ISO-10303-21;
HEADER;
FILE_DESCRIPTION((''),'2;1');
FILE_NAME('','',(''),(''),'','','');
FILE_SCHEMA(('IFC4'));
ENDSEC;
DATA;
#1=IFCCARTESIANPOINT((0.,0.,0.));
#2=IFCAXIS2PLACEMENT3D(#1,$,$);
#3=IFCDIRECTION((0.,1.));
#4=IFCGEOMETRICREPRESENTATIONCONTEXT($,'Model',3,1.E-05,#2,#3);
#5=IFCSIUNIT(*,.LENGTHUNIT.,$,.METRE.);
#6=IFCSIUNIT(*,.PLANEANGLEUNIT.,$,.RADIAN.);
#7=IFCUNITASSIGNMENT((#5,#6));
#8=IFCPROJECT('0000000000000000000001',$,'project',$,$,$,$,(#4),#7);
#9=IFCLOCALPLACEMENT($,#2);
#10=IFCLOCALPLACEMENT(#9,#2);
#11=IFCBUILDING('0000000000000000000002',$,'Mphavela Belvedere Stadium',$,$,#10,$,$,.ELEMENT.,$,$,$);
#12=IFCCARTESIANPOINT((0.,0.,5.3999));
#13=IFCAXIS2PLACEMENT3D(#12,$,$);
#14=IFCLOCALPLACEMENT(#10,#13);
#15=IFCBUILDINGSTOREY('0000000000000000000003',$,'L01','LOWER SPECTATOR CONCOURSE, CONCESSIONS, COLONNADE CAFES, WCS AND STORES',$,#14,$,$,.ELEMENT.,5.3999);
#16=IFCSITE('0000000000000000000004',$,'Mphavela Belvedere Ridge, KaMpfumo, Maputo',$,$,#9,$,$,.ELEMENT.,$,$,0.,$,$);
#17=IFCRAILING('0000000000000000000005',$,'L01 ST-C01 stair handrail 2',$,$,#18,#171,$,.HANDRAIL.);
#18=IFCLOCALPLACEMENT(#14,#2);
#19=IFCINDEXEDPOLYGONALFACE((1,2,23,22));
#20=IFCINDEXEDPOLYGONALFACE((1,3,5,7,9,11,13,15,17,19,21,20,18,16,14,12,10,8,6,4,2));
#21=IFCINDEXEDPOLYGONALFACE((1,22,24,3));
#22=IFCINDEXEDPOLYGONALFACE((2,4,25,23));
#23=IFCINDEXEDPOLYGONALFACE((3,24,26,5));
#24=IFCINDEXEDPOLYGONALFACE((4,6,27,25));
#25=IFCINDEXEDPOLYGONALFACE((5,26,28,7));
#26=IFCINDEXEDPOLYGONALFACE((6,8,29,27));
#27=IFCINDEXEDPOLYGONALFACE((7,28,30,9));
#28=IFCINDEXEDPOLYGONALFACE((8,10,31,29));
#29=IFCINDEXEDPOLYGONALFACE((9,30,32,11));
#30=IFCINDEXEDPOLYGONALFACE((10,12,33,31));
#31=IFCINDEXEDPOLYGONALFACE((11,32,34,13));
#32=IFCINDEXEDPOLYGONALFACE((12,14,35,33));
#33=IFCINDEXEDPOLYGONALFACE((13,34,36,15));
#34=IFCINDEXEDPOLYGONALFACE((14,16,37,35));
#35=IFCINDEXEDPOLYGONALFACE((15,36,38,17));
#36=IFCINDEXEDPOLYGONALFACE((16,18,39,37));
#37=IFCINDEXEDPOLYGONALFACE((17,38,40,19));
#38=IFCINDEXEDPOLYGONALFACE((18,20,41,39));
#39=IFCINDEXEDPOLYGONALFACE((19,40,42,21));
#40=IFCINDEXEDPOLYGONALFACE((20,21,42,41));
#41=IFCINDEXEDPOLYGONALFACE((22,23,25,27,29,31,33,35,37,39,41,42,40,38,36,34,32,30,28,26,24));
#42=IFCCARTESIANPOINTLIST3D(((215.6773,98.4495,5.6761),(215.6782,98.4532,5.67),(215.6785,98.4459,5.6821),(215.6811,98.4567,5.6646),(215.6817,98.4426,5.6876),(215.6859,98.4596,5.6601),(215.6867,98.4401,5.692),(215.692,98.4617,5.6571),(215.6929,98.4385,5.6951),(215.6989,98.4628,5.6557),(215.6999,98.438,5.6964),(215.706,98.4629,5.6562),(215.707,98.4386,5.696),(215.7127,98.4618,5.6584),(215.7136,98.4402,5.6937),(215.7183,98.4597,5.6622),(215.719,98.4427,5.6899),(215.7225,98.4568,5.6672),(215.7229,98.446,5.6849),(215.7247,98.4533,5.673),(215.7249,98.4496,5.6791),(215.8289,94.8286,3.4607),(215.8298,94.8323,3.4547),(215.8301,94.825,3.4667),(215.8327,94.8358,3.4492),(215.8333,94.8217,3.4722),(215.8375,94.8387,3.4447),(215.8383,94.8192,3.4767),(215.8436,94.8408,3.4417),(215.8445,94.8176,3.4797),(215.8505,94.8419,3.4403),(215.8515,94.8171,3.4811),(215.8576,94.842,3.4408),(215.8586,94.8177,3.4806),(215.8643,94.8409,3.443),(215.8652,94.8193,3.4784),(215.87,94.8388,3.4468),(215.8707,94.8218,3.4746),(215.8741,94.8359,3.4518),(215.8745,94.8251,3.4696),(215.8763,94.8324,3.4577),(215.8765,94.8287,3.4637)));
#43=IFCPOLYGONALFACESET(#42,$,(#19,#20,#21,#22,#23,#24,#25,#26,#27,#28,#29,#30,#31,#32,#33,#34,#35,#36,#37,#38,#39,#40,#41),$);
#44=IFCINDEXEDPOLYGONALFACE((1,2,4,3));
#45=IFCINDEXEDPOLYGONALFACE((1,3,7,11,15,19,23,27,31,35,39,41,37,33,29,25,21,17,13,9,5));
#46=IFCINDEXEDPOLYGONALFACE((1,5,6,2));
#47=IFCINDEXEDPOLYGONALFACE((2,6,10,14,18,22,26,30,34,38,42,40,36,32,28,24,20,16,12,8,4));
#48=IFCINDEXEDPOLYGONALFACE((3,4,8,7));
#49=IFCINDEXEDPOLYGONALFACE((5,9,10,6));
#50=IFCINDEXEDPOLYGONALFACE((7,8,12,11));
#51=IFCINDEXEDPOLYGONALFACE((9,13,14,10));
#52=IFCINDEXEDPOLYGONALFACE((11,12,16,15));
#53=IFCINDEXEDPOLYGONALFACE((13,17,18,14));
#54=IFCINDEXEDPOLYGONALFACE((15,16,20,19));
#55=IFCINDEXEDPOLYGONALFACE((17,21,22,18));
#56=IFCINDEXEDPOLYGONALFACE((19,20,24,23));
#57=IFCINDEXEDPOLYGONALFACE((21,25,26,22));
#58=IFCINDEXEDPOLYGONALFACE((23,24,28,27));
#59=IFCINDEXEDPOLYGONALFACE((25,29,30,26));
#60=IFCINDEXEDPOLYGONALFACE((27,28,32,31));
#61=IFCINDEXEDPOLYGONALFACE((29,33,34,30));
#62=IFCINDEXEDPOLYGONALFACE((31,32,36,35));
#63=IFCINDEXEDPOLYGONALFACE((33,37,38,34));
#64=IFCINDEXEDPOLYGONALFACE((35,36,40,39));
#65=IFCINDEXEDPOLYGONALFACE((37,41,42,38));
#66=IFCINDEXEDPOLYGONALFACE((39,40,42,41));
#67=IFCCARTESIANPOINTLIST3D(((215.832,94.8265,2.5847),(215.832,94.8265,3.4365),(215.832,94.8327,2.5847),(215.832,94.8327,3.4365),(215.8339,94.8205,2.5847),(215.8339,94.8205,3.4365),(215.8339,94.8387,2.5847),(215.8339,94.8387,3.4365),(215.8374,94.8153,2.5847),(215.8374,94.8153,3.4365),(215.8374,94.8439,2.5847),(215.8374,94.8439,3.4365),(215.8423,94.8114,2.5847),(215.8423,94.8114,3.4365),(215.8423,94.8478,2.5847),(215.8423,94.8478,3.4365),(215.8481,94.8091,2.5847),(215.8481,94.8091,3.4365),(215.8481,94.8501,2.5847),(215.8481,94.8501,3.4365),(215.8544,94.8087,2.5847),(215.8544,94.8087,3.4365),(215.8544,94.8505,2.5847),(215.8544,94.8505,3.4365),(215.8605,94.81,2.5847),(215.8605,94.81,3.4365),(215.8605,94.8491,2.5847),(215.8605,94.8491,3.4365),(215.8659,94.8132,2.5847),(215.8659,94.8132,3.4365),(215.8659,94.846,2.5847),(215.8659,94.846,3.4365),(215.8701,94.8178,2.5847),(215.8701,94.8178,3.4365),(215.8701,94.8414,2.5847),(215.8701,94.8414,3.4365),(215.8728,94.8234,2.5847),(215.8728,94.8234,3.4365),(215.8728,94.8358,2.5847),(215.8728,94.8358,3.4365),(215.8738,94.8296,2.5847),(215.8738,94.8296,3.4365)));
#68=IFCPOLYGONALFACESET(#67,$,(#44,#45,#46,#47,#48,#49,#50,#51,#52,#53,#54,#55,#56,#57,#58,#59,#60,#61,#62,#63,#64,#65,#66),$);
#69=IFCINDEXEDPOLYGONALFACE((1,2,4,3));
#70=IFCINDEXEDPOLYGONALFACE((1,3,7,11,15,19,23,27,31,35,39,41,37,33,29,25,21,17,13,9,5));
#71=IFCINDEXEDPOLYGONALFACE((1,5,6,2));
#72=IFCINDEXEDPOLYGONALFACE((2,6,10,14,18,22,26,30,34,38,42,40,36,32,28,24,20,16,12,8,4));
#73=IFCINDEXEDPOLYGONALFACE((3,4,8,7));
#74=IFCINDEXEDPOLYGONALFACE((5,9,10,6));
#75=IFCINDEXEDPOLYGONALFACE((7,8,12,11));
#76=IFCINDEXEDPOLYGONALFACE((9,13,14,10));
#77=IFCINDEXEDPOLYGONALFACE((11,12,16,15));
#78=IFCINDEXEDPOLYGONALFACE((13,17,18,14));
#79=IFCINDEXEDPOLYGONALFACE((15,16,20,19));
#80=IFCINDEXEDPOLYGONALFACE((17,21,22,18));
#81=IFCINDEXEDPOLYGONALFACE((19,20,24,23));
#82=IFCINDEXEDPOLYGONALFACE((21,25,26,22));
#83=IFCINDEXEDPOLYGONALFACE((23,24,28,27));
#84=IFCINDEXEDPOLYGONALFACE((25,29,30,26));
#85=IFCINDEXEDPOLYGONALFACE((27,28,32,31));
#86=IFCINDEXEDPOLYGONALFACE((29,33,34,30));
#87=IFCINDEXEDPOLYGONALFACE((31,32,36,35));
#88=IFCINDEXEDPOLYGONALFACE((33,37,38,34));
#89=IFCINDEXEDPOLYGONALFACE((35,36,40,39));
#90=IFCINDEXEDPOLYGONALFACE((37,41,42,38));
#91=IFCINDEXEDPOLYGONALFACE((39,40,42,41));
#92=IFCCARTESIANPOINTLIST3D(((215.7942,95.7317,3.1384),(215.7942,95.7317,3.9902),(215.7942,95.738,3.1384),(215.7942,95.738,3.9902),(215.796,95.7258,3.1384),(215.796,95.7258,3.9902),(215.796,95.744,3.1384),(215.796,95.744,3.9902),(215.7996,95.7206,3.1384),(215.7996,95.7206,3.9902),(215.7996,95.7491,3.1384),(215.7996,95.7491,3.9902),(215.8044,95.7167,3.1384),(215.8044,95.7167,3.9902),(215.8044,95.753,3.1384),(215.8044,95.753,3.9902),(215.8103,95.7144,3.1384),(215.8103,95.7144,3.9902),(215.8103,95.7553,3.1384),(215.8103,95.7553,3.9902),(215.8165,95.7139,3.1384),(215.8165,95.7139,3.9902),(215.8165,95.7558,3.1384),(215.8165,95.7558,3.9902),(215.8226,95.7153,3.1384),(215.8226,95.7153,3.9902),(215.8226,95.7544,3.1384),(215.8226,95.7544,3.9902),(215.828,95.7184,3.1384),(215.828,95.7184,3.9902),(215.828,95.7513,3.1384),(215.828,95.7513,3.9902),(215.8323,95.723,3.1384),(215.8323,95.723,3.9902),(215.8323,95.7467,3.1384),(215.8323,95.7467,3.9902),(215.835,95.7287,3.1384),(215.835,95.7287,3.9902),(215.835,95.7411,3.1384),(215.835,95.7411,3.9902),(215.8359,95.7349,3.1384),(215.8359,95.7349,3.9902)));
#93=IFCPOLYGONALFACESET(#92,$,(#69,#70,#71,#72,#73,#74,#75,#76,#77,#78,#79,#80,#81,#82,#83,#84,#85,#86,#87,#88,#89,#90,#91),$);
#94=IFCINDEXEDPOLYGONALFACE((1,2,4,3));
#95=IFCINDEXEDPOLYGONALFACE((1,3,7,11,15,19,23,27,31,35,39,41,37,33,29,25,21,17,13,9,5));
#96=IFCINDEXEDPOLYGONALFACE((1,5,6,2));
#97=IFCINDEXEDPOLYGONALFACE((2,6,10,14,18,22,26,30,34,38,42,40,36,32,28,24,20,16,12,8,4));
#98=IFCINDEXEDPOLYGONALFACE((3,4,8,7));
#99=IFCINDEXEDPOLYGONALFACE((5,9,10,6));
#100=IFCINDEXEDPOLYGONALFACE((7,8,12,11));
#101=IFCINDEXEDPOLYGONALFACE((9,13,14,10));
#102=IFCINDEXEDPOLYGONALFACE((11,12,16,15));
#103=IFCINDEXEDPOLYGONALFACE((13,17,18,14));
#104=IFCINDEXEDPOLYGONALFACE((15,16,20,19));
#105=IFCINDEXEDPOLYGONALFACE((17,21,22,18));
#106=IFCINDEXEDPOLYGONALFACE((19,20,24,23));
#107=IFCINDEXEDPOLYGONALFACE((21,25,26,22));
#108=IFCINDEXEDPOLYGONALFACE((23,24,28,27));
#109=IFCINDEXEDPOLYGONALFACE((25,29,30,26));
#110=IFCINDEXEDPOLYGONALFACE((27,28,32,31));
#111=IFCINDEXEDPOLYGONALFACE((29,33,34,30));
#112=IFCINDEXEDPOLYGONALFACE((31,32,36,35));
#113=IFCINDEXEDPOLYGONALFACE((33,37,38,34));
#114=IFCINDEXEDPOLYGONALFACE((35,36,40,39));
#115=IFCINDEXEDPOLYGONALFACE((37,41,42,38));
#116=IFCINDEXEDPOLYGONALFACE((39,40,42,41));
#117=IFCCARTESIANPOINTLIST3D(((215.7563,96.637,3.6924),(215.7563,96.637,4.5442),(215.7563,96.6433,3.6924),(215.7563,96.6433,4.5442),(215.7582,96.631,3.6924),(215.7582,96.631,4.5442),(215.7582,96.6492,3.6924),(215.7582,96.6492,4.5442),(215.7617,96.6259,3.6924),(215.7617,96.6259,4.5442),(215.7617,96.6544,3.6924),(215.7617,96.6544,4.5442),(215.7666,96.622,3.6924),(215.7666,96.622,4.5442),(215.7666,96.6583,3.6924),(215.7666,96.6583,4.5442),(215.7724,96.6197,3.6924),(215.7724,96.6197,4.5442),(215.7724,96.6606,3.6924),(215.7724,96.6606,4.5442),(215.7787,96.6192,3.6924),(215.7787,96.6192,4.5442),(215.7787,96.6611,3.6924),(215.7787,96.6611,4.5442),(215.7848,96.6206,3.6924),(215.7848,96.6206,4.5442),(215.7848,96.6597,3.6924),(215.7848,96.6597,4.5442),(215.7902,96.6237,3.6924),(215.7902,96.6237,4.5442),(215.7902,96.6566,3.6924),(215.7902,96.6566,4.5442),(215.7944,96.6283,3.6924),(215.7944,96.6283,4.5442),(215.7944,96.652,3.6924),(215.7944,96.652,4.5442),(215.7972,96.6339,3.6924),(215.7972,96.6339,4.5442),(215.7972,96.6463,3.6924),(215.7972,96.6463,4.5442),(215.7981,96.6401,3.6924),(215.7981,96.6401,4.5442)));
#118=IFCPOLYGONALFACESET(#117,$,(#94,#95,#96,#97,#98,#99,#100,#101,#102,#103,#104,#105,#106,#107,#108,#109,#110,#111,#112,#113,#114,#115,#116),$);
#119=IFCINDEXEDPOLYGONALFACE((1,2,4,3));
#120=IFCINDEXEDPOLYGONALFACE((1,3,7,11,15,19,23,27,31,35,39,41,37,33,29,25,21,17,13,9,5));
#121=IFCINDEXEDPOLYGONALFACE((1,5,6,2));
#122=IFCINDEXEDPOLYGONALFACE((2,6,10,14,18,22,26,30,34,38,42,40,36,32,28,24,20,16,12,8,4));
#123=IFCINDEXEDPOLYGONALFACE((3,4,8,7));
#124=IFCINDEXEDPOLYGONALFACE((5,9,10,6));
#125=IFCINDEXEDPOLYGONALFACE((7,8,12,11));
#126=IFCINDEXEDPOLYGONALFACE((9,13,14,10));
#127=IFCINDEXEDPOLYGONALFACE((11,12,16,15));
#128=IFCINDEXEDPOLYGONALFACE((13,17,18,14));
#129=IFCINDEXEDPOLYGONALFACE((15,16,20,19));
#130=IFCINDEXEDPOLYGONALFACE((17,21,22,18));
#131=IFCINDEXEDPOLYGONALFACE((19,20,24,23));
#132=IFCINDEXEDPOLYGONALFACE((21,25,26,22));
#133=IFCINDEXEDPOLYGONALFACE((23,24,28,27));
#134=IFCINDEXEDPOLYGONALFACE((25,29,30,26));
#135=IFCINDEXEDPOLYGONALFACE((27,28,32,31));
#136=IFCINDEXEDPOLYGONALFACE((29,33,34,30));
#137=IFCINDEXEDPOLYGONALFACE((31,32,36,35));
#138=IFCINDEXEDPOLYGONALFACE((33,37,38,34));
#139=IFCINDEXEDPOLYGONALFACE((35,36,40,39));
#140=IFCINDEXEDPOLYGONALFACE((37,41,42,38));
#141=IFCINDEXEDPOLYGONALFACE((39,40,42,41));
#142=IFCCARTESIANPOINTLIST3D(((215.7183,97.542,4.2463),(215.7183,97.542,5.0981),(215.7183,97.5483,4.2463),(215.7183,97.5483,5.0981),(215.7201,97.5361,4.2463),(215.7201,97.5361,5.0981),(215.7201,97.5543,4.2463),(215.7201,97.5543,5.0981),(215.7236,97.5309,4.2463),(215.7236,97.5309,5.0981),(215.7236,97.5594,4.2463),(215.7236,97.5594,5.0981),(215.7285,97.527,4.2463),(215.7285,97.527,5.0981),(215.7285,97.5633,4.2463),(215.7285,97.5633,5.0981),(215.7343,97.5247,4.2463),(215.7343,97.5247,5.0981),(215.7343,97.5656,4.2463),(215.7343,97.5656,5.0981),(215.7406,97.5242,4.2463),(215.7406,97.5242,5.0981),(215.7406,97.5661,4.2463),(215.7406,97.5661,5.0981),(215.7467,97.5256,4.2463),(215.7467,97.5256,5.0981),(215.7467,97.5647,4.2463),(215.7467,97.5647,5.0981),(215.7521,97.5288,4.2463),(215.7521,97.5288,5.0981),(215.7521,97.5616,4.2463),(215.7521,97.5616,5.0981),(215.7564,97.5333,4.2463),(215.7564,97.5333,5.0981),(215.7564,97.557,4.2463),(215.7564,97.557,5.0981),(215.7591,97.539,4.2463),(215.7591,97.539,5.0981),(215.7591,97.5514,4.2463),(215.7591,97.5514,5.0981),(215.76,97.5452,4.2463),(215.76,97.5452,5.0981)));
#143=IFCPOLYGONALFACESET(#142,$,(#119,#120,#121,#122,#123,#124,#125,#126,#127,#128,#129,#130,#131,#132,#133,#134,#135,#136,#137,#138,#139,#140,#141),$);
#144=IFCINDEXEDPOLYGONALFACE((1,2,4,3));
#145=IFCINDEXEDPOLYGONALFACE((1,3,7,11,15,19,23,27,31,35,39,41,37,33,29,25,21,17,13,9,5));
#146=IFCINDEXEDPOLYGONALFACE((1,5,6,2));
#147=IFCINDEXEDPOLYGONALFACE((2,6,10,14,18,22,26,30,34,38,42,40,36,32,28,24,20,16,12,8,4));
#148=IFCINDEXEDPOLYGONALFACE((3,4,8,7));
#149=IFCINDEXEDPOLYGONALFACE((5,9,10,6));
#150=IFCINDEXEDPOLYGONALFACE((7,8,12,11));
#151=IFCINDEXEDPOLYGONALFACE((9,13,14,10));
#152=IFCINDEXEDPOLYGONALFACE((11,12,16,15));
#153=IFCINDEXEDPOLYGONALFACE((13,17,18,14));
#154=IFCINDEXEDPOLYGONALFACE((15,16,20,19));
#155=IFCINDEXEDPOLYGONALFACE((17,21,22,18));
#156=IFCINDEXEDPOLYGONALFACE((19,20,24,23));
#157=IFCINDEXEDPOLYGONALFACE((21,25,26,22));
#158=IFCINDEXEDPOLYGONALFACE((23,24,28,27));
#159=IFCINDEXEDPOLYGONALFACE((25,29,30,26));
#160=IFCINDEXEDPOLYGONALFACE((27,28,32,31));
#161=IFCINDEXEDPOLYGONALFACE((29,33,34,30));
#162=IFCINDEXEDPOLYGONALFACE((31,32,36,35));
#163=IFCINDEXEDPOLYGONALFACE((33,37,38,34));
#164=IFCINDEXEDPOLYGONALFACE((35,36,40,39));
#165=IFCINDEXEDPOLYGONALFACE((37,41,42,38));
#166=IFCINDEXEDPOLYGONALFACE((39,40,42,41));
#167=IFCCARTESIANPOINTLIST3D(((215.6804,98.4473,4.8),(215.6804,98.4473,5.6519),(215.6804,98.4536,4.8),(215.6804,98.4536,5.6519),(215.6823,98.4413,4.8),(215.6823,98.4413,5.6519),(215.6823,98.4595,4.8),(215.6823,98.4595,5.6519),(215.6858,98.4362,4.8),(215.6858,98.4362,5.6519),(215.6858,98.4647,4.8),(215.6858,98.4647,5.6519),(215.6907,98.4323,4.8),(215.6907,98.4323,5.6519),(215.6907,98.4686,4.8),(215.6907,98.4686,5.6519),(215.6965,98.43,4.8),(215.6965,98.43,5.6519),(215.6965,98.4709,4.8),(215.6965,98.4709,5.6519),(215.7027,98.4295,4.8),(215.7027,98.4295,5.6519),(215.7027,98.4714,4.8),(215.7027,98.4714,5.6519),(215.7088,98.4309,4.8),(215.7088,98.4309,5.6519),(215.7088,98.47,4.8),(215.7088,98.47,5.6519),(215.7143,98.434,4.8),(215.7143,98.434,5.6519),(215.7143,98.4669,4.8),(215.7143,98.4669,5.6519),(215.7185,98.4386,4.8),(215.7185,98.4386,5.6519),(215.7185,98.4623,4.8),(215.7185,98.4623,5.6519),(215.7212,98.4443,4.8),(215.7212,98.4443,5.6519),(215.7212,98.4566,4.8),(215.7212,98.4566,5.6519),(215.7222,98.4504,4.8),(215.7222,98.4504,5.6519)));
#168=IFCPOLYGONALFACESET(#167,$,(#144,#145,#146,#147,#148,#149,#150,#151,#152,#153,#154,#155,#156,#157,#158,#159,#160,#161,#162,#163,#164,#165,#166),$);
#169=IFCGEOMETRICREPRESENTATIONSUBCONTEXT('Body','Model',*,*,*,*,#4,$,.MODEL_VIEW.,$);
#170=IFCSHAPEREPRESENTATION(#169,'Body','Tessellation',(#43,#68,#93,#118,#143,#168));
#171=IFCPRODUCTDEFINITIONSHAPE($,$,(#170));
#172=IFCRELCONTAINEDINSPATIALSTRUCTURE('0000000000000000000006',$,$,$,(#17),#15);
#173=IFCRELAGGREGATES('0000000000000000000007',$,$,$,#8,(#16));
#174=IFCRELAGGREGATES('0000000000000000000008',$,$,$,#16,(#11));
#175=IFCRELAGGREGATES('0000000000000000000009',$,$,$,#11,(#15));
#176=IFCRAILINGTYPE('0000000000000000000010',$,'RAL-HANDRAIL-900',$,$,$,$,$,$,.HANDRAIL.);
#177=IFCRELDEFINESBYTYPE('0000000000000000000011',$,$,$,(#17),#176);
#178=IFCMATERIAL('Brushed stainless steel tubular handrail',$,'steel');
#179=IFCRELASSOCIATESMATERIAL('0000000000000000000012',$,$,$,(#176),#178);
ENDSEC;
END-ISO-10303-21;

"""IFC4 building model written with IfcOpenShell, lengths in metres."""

from ifc_helpers import new_model, si_unit, direction, frame, origin, origin_2d, place, context, subcontext, project, spatial, circle, extrude, material, type_object, element, save


model = new_model("IFC4")

# Units and contexts
model_context = context("Model", 3, precision=1e-05, world=origin(), true_north=direction((0.0, 1.0)))
body_context = subcontext(model_context, "Body", "Model", "MODEL_VIEW")
ifc_project = project(units=[si_unit("LENGTHUNIT", "METRE"), si_unit("PLANEANGLEUNIT", "RADIAN")], contexts=[model_context])

# Site, building, storey
site_placement = place(None, origin())
site = spatial("IfcSite", under=ifc_project, at=site_placement, Name="Mphavela Belvedere Ridge, KaMpfumo, Maputo", CompositionType="ELEMENT", RefElevation=0.0)
building_placement = place(site_placement, origin())
building = spatial("IfcBuilding", under=site, at=building_placement, Name="Mphavela Belvedere Stadium", CompositionType="ELEMENT")
storey_placement = place(building_placement, frame((0.0, 0.0, 5.3999)))
storey = spatial("IfcBuildingStorey", under=building, at=storey_placement, Name="L01", Description="LOWER SPECTATOR CONCOURSE, CONCESSIONS, COLONNADE CAFES, WCS AND STORES", CompositionType="ELEMENT", Elevation=5.3999)

# Railing
ifc_material_1 = material(Name="Brushed stainless steel tubular handrail", Category="steel")
railing_type_1 = type_object("IfcRailingType", Name="RAL-HANDRAIL-900", PredefinedType="HANDRAIL", material=ifc_material_1)
railing_1_placement = place(storey_placement, frame((215.8528, 94.8296, 2.5847)))
element("IfcRailing", 1, at=railing_1_placement, inside=storey, type_object=railing_type_1, Name="L01 ST-C01 stair handrail 2", PredefinedType="HANDRAIL", context=body_context, shape_type="SweptSolid", body=[
    extrude(circle(Radius=0.0239, at=origin_2d()), frame((0.0, 0.0, 0.876), z_axis=(-0.035694, 0.852467, 0.521562), x_axis=(-0.999125, -0.041835, 0.0)), (0.0, 0.0, 1.0), 4.2476),
    extrude(circle(Radius=0.021, at=origin_2d()), origin(), (0.0, 0.0, 1.0), 0.8518),
    extrude(circle(Radius=0.021, at=origin_2d()), frame((-0.0378, 0.9053, 0.5537)), (0.0, 0.0, 1.0), 0.8518),
    extrude(circle(Radius=0.021, at=origin_2d()), frame((-0.0757, 1.8105, 1.1077)), (0.0, 0.0, 1.0), 0.8518),
    extrude(circle(Radius=0.021, at=origin_2d()), frame((-0.1138, 2.7156, 1.6616)), (0.0, 0.0, 1.0), 0.8518),
    extrude(circle(Radius=0.021, at=origin_2d()), frame((-0.1516, 3.6208, 2.2153)), (0.0, 0.0, 1.0), 0.8518),
])

save(model, "model.ifc")
